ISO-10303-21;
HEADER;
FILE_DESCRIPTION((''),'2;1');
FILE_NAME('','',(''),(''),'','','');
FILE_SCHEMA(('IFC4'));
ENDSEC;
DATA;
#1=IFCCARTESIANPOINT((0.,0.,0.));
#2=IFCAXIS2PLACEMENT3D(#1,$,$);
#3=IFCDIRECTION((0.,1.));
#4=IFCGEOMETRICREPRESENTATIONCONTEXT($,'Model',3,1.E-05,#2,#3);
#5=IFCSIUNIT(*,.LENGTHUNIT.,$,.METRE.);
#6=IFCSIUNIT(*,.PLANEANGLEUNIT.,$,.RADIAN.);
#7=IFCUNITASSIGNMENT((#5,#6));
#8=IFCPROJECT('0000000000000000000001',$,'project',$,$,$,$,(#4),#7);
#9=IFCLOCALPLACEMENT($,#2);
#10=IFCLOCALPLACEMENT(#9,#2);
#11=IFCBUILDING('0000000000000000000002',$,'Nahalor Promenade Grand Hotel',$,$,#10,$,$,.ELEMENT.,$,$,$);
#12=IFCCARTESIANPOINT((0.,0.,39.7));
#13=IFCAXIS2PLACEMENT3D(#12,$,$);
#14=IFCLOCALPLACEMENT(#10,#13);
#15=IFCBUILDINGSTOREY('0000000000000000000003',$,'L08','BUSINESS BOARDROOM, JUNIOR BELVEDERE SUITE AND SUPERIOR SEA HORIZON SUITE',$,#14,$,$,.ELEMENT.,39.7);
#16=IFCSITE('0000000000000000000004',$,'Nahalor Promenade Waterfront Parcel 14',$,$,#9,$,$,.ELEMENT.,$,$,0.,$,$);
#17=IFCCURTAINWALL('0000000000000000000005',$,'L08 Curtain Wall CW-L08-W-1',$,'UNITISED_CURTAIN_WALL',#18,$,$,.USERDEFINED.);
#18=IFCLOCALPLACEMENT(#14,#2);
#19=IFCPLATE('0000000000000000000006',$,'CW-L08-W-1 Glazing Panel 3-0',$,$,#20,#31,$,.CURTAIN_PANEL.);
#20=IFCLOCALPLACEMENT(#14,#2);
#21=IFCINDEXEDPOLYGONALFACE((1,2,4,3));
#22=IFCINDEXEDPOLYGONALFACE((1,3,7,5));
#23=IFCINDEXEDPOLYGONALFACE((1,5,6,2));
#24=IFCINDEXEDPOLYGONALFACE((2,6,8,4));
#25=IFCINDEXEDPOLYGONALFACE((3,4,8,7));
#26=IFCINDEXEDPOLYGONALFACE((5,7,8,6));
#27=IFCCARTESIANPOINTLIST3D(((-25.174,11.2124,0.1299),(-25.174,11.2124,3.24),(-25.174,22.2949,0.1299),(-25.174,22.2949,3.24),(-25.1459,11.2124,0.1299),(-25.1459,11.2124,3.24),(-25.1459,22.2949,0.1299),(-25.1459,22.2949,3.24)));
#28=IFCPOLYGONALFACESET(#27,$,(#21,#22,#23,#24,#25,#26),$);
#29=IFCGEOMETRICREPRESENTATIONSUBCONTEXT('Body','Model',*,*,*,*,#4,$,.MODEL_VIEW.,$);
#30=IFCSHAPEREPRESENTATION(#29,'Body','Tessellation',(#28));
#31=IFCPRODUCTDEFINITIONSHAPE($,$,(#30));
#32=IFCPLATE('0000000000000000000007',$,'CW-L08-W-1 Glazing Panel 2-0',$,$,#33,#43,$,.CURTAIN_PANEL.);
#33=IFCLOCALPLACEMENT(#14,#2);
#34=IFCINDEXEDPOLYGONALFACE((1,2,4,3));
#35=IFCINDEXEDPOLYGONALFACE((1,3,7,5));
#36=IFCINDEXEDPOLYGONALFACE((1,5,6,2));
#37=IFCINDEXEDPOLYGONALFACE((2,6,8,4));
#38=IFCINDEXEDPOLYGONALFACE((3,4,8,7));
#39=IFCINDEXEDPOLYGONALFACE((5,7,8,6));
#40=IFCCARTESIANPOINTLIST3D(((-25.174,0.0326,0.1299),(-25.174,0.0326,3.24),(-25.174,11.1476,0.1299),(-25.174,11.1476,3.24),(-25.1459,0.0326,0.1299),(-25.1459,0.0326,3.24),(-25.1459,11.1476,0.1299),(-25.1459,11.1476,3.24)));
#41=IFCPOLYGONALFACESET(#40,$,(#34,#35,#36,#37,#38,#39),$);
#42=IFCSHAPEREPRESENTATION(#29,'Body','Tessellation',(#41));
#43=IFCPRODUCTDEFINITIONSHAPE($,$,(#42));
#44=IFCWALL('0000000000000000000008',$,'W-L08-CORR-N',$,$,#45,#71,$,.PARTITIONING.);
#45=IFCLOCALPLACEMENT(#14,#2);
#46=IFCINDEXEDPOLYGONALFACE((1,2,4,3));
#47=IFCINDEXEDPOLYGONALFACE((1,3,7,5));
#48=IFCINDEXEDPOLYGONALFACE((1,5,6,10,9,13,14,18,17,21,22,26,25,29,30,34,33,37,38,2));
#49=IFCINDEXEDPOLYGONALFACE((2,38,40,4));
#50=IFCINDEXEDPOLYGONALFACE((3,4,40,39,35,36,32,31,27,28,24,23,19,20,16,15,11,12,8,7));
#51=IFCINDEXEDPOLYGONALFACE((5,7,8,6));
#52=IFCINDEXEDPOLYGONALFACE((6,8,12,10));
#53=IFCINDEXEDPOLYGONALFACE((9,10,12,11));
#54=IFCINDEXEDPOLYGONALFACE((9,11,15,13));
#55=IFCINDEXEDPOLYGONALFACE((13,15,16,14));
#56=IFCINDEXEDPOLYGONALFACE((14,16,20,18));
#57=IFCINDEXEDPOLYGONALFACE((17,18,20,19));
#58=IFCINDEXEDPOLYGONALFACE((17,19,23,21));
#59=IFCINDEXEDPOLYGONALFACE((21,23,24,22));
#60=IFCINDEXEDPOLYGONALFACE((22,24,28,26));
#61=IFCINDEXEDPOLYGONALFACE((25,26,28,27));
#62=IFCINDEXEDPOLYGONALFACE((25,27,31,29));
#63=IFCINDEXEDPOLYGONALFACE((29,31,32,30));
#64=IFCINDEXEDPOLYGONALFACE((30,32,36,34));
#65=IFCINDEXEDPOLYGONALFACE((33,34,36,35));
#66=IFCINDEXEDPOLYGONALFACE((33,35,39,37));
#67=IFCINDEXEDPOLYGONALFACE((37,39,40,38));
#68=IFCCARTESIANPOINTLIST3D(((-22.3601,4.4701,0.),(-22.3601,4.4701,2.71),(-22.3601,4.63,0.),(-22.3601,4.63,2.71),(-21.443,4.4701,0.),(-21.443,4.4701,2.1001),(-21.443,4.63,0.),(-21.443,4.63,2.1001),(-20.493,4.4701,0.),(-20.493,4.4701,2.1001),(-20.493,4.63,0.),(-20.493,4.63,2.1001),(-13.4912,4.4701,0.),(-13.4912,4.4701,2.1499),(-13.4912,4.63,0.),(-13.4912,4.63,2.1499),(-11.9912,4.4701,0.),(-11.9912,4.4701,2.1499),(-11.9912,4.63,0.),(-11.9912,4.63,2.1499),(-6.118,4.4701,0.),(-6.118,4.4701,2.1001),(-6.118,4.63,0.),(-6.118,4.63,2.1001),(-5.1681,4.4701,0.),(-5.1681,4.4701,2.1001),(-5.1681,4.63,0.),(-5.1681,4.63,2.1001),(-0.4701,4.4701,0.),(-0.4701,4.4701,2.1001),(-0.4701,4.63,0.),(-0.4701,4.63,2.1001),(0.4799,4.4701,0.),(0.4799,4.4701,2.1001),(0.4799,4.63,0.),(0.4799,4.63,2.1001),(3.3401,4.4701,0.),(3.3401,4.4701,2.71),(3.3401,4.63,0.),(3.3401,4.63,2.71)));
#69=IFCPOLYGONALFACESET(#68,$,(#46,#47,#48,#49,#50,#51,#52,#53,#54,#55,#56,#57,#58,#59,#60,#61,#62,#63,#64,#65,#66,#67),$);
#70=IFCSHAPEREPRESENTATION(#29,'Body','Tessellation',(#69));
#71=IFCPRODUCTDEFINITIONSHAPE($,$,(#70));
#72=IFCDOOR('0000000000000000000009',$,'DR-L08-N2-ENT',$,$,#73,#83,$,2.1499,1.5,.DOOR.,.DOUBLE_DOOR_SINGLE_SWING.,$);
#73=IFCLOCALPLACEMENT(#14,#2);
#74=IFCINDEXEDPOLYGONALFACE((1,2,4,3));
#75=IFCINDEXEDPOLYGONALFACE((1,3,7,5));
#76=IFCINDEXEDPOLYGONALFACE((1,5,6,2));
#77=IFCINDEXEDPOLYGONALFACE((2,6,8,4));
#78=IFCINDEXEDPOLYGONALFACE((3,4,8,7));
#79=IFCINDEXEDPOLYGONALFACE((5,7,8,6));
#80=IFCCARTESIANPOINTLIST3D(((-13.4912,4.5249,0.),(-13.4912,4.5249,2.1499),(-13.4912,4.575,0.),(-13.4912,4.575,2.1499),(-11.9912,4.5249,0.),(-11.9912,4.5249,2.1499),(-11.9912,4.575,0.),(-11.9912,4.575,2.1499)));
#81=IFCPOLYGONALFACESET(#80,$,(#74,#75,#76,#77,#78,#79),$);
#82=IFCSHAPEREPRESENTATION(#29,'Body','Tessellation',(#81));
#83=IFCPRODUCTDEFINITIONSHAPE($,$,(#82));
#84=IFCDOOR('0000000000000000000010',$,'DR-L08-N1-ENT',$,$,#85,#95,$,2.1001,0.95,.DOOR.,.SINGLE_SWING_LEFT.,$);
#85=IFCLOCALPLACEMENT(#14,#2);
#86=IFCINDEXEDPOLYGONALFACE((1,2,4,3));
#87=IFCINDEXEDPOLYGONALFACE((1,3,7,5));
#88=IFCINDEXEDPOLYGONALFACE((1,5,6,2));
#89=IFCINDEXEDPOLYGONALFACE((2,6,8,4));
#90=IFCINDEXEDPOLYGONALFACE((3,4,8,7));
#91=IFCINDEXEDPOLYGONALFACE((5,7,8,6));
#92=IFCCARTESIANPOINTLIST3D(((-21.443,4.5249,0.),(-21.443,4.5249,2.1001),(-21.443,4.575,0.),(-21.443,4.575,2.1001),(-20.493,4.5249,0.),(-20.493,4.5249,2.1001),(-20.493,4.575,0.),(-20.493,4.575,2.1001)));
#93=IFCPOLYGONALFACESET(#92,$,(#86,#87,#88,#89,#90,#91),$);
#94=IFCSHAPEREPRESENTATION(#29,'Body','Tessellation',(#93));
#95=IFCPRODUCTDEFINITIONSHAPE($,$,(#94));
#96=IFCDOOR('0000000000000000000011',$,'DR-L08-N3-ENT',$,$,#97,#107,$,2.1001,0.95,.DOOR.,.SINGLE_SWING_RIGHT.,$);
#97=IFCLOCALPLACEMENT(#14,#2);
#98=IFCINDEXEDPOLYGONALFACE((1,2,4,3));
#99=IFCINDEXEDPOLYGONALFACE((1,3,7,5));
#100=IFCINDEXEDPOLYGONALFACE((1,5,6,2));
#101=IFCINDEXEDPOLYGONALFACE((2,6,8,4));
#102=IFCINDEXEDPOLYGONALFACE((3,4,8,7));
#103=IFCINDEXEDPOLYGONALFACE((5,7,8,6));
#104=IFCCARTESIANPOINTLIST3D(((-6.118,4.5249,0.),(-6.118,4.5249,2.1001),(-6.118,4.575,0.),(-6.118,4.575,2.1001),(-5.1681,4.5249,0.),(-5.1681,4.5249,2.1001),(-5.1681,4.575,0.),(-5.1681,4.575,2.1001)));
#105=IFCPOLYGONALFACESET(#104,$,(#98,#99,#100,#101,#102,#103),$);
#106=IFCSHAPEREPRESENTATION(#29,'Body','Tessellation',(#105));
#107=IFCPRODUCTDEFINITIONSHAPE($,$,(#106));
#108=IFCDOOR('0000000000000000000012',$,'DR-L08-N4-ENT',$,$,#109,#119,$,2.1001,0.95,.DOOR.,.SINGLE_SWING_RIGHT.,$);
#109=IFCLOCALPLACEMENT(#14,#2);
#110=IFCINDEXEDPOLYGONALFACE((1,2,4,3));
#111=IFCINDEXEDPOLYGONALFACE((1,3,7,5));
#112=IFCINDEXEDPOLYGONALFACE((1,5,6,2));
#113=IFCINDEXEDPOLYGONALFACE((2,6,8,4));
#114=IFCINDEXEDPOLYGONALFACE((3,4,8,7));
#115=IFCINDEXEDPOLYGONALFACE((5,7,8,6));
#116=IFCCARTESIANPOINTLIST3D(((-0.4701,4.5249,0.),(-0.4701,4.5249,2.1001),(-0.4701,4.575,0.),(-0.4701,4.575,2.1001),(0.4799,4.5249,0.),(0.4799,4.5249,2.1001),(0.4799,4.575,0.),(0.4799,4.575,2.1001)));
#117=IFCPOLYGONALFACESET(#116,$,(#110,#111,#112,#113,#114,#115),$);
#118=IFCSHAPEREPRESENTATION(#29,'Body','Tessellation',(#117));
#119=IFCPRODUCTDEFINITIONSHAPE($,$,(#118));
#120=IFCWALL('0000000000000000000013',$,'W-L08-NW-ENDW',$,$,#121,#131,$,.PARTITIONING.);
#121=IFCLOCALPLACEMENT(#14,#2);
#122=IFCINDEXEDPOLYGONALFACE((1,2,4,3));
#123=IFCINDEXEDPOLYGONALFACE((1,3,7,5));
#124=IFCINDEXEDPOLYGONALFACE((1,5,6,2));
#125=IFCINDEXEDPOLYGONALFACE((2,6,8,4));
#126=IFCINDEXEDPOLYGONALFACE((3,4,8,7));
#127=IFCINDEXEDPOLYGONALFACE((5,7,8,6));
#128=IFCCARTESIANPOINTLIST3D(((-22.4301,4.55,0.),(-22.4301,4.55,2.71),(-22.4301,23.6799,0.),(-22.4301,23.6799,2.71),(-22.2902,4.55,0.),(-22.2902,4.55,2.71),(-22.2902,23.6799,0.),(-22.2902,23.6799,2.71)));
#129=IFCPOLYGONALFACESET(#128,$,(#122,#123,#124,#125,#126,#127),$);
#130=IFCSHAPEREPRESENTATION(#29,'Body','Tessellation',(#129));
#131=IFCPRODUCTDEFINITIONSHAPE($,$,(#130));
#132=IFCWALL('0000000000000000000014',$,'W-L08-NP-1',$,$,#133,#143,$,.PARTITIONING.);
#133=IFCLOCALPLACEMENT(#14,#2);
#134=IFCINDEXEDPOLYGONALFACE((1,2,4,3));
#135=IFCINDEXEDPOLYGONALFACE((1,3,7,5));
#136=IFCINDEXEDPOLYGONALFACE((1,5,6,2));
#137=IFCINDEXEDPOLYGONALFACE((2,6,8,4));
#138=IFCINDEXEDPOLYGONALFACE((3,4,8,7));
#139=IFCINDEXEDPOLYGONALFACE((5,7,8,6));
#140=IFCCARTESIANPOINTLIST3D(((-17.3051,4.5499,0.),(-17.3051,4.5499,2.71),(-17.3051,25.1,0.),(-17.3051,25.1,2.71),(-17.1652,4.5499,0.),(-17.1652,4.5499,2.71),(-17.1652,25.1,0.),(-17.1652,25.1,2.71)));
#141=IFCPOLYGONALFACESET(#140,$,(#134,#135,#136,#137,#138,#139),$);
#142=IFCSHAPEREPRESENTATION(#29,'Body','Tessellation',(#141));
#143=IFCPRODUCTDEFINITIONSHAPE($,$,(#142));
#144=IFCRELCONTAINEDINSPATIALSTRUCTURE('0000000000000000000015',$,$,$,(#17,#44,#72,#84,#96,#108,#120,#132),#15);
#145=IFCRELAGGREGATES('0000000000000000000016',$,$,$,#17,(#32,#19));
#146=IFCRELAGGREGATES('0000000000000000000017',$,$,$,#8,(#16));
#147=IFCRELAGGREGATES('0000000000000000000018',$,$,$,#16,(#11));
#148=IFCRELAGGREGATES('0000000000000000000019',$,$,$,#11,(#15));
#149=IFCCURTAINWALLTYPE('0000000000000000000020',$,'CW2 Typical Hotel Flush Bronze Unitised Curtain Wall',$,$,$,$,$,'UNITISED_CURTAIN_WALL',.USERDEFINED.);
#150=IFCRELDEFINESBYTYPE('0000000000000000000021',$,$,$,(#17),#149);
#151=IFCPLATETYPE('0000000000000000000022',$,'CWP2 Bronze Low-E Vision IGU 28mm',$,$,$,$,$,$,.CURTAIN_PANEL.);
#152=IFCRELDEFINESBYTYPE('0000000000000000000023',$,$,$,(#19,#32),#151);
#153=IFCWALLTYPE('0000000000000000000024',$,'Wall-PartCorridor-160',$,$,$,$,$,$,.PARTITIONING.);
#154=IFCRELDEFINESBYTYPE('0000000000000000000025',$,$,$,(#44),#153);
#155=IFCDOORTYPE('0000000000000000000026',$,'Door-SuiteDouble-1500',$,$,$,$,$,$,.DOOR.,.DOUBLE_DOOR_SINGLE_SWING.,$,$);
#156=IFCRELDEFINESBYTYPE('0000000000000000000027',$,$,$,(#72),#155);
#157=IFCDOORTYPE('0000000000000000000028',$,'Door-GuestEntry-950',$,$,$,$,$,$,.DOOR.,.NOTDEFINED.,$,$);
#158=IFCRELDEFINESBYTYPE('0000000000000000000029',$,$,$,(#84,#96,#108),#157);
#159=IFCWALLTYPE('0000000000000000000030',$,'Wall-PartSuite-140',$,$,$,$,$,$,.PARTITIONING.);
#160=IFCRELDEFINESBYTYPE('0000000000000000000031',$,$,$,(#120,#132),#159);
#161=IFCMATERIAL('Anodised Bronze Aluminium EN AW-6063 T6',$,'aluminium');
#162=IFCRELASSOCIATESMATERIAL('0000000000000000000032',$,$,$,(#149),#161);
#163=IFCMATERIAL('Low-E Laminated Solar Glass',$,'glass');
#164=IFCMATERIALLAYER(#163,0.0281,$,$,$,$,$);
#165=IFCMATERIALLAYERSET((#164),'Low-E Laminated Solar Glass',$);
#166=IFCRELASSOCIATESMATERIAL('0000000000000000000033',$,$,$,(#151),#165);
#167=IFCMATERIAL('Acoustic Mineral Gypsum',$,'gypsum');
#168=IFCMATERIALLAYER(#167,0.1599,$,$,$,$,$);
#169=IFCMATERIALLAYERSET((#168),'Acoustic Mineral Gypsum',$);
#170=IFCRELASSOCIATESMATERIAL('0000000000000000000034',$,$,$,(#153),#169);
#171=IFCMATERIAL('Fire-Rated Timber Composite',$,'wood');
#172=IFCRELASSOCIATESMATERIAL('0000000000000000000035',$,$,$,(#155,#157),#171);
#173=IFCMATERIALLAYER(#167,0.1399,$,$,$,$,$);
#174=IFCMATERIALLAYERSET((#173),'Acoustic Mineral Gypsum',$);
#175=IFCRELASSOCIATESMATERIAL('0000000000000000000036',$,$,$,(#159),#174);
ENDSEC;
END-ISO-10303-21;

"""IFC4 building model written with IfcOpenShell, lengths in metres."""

from ifc_helpers import new_model, si_unit, direction, frame, frame_2d, origin, origin_2d, place, context, subcontext, project, spatial, rectangle, extrude, source, transform, mapped, material, layer, layer_set, type_object, element, fill, aggregate, save


model = new_model("IFC4")

# Units and contexts
model_context = context("Model", 3, precision=1e-05, world=origin(), true_north=direction((0.0, 1.0)))
body_context = subcontext(model_context, "Body", "Model", "MODEL_VIEW")
ifc_project = project(units=[si_unit("LENGTHUNIT", "METRE"), si_unit("PLANEANGLEUNIT", "RADIAN")], contexts=[model_context])

# Site, building, storey
site_placement = place(None, origin())
site = spatial("IfcSite", under=ifc_project, at=site_placement, Name="Nahalor Promenade Waterfront Parcel 14", CompositionType="ELEMENT", RefElevation=0.0)
building_placement = place(site_placement, origin())
building = spatial("IfcBuilding", under=site, at=building_placement, Name="Nahalor Promenade Grand Hotel", CompositionType="ELEMENT")
storey_placement = place(building_placement, frame((0.0, 0.0, 39.7)))
storey = spatial("IfcBuildingStorey", under=building, at=storey_placement, Name="L08", Description="BUSINESS BOARDROOM, JUNIOR BELVEDERE SUITE AND SUPERIOR SEA HORIZON SUITE", CompositionType="ELEMENT", Elevation=39.7)

# Curtain wall, plates
ifc_material_1 = material(Name="Anodised Bronze Aluminium EN AW-6063 T6", Category="aluminium")
curtain_wall_type = type_object("IfcCurtainWallType", Name="CW2 Typical Hotel Flush Bronze Unitised Curtain Wall", ElementType="UNITISED_CURTAIN_WALL", PredefinedType="USERDEFINED", material=ifc_material_1)
curtain_wall_placement = place(storey_placement, origin())
curtain_wall = element("IfcCurtainWall", 1, at=curtain_wall_placement, inside=storey, type_object=curtain_wall_type, Name="L08 Curtain Wall CW-L08-W-1", ObjectType="UNITISED_CURTAIN_WALL", PredefinedType="USERDEFINED")
ifc_material_2 = material(Name="Low-E Laminated Solar Glass", Category="glass")
ifc_layer_1 = layer(ifc_material_2, 0.0281)
ifc_layer_set_1 = layer_set([ifc_layer_1], Name="Low-E Laminated Solar Glass")
plate_type = type_object("IfcPlateType", Name="CWP2 Bronze Low-E Vision IGU 28mm", PredefinedType="CURTAIN_PANEL", material=ifc_layer_set_1)
shared_shape_1 = source(origin(), body_context, "Body", "SweptSolid", [
    extrude(rectangle(XDim=11.0825, YDim=0.0281, at=origin_2d()), origin(), (0.0, 0.0, 1.0), 3.1101),
])
plate_1_placement = place(storey_placement, frame((-25.1599, 16.7537, 0.1299), z_axis=(0.0, 0.0, 1.0), x_axis=(0.0, 1.0, 0.0)))
plate_1 = element("IfcPlate", 2, at=plate_1_placement, type_object=plate_type, Name="CW-L08-W-1 Glazing Panel 3-0", PredefinedType="CURTAIN_PANEL", context=body_context, shape_type="MappedRepresentation", body=[
    mapped(shared_shape_1, transform((0.0, 0.0, 0.0), scale=1.0)),
])
shared_shape_2 = source(origin(), body_context, "Body", "SweptSolid", [
    extrude(rectangle(XDim=11.115, YDim=0.0281, at=origin_2d()), origin(), (0.0, 0.0, 1.0), 3.1101),
])
plate_2_placement = place(storey_placement, frame((-25.1599, 5.5901, 0.1299), z_axis=(0.0, 0.0, 1.0), x_axis=(0.0, 1.0, 0.0)))
plate_2 = element("IfcPlate", 3, at=plate_2_placement, type_object=plate_type, Name="CW-L08-W-1 Glazing Panel 2-0", PredefinedType="CURTAIN_PANEL", context=body_context, shape_type="MappedRepresentation", body=[
    mapped(shared_shape_2, transform((0.0, 0.0, 0.0), scale=1.0)),
])
aggregate(curtain_wall, [plate_2, plate_1])

# Wall, openings, doors
ifc_material_3 = material(Name="Acoustic Mineral Gypsum", Category="gypsum")
ifc_layer_2 = layer(ifc_material_3, 0.1599)
ifc_layer_set_2 = layer_set([ifc_layer_2], Name="Acoustic Mineral Gypsum")
wall_type_1 = type_object("IfcWallType", Name="Wall-PartCorridor-160", PredefinedType="PARTITIONING", material=ifc_layer_set_2)
shared_shape_3 = source(origin(), body_context, "Body", "SweptSolid", [
    extrude(rectangle(XDim=25.7002, YDim=0.1599, at=frame_2d((12.8501, 0.0))), origin(), (0.0, 0.0, 1.0), 2.71),
])
wall_1_placement = place(storey_placement, frame((-22.3601, 4.55, 0.0), z_axis=(0.0, 0.0, 1.0), x_axis=(1.0, 0.0, 0.0)))
wall_1 = element("IfcWall", 4, at=wall_1_placement, inside=storey, type_object=wall_type_1, Name="W-L08-CORR-N", PredefinedType="PARTITIONING", context=body_context, shape_type="MappedRepresentation", body=[
    mapped(shared_shape_3, transform((0.0, 0.0, 0.0), scale=1.0)),
])
opening_1_placement = place(wall_1_placement, frame((0.917, 0.0, 0.0)))
opening_1 = element("IfcOpeningElement", 5, at=opening_1_placement, cuts=wall_1, PredefinedType="OPENING", context=body_context, shape_type="SweptSolid", body=[
    extrude(rectangle(XDim=0.95, YDim=2.1001, at=frame_2d((0.4751, 1.05))), frame((0.0, 0.0898, 0.0), z_axis=(0.0, -1.0, 0.0), x_axis=(1.0, 0.0, 0.0)), (0.0, 0.0, 1.0), 0.1799),
])
opening_2_placement = place(wall_1_placement, frame((8.8689, 0.0, 0.0)))
opening_2 = element("IfcOpeningElement", 6, at=opening_2_placement, cuts=wall_1, PredefinedType="OPENING", context=body_context, shape_type="SweptSolid", body=[
    extrude(rectangle(XDim=1.5, YDim=2.1499, at=frame_2d((0.75, 1.075))), frame((0.0, 0.0898, 0.0), z_axis=(0.0, -1.0, 0.0), x_axis=(1.0, 0.0, 0.0)), (0.0, 0.0, 1.0), 0.1799),
])
opening_3_placement = place(wall_1_placement, frame((16.2419, 0.0, 0.0)))
opening_3 = element("IfcOpeningElement", 7, at=opening_3_placement, cuts=wall_1, PredefinedType="OPENING", context=body_context, shape_type="SweptSolid", body=[
    extrude(rectangle(XDim=0.95, YDim=2.1001, at=frame_2d((0.4751, 1.05))), frame((0.0, 0.0898, 0.0), z_axis=(0.0, -1.0, 0.0), x_axis=(1.0, 0.0, 0.0)), (0.0, 0.0, 1.0), 0.1799),
])
opening_4_placement = place(wall_1_placement, frame((21.8899, 0.0, 0.0)))
opening_4 = element("IfcOpeningElement", 8, at=opening_4_placement, cuts=wall_1, PredefinedType="OPENING", context=body_context, shape_type="SweptSolid", body=[
    extrude(rectangle(XDim=0.95, YDim=2.1001, at=frame_2d((0.4751, 1.05))), frame((0.0, 0.0898, 0.0), z_axis=(0.0, -1.0, 0.0), x_axis=(1.0, 0.0, 0.0)), (0.0, 0.0, 1.0), 0.1799),
])
ifc_material_4 = material(Name="Fire-Rated Timber Composite", Category="wood")
door_type_1 = type_object("IfcDoorType", Name="Door-SuiteDouble-1500", OperationType="DOUBLE_DOOR_SINGLE_SWING", PredefinedType="DOOR", material=ifc_material_4)
shared_shape_4 = source(origin(), body_context, "Body", "SweptSolid", [
    extrude(rectangle(XDim=1.5, YDim=2.1499, at=frame_2d((0.75, 1.075))), frame((0.0, 0.0249, 0.0), z_axis=(0.0, -1.0, 0.0), x_axis=(1.0, 0.0, 0.0)), (0.0, 0.0, 1.0), 0.05),
])
door_1_placement = place(opening_2_placement, origin())
door_1 = element("IfcDoor", 9, at=door_1_placement, inside=storey, type_object=door_type_1, Name="DR-L08-N2-ENT", OperationType="DOUBLE_DOOR_SINGLE_SWING", OverallHeight=2.1499, OverallWidth=1.5, PredefinedType="DOOR", context=body_context, shape_type="MappedRepresentation", body=[
    mapped(shared_shape_4, transform((0.0, 0.0, 0.0), scale=1.0)),
])
fill(opening_2, door_1)
door_type_2 = type_object("IfcDoorType", Name="Door-GuestEntry-950", OperationType="NOTDEFINED", PredefinedType="DOOR", material=ifc_material_4)
shared_shape_5 = source(origin(), body_context, "Body", "SweptSolid", [
    extrude(rectangle(XDim=0.95, YDim=2.1001, at=frame_2d((0.4751, 1.05))), frame((0.0, 0.0249, 0.0), z_axis=(0.0, -1.0, 0.0), x_axis=(1.0, 0.0, 0.0)), (0.0, 0.0, 1.0), 0.05),
])
door_2_placement = place(opening_1_placement, origin())
door_2 = element("IfcDoor", 10, at=door_2_placement, inside=storey, type_object=door_type_2, Name="DR-L08-N1-ENT", OperationType="SINGLE_SWING_LEFT", OverallHeight=2.1001, OverallWidth=0.95, PredefinedType="DOOR", context=body_context, shape_type="MappedRepresentation", body=[
    mapped(shared_shape_5, transform((0.0, 0.0, 0.0), scale=1.0)),
])
fill(opening_1, door_2)
door_3_placement = place(opening_3_placement, origin())
door_3 = element("IfcDoor", 11, at=door_3_placement, inside=storey, type_object=door_type_2, Name="DR-L08-N3-ENT", OperationType="SINGLE_SWING_RIGHT", OverallHeight=2.1001, OverallWidth=0.95, PredefinedType="DOOR", context=body_context, shape_type="MappedRepresentation", body=[
    mapped(shared_shape_5, transform((0.0, 0.0, 0.0), scale=1.0)),
])
fill(opening_3, door_3)
door_4_placement = place(opening_4_placement, origin())
door_4 = element("IfcDoor", 12, at=door_4_placement, inside=storey, type_object=door_type_2, Name="DR-L08-N4-ENT", OperationType="SINGLE_SWING_RIGHT", OverallHeight=2.1001, OverallWidth=0.95, PredefinedType="DOOR", context=body_context, shape_type="MappedRepresentation", body=[
    mapped(shared_shape_5, transform((0.0, 0.0, 0.0), scale=1.0)),
])
fill(opening_4, door_4)

# Walls
ifc_layer_3 = layer(ifc_material_3, 0.1399)
ifc_layer_set_3 = layer_set([ifc_layer_3], Name="Acoustic Mineral Gypsum")
wall_type_2 = type_object("IfcWallType", Name="Wall-PartSuite-140", PredefinedType="PARTITIONING", material=ifc_layer_set_3)
shared_shape_6 = source(origin(), body_context, "Body", "SweptSolid", [
    extrude(rectangle(XDim=19.1299, YDim=0.1399, at=frame_2d((9.5649, 0.0))), origin(), (0.0, 0.0, 1.0), 2.71),
])
wall_2_placement = place(storey_placement, frame((-22.3601, 4.55, 0.0), z_axis=(0.0, 0.0, 1.0), x_axis=(0.0, 1.0, 0.0)))
element("IfcWall", 13, at=wall_2_placement, inside=storey, type_object=wall_type_2, Name="W-L08-NW-ENDW", PredefinedType="PARTITIONING", context=body_context, shape_type="MappedRepresentation", body=[
    mapped(shared_shape_6, transform((0.0, 0.0, 0.0), scale=1.0)),
])
shared_shape_7 = source(origin(), body_context, "Body", "SweptSolid", [
    extrude(rectangle(XDim=20.55, YDim=0.1399, at=frame_2d((10.2749, 0.0))), origin(), (0.0, 0.0, 1.0), 2.71),
])
wall_3_placement = place(storey_placement, frame((-17.2351, 4.55, 0.0), z_axis=(0.0, 0.0, 1.0), x_axis=(0.0, 1.0, 0.0)))
element("IfcWall", 14, at=wall_3_placement, inside=storey, type_object=wall_type_2, Name="W-L08-NP-1", PredefinedType="PARTITIONING", context=body_context, shape_type="MappedRepresentation", body=[
    mapped(shared_shape_7, transform((0.0, 0.0, 0.0), scale=1.0)),
])

save(model, "model.ifc")
